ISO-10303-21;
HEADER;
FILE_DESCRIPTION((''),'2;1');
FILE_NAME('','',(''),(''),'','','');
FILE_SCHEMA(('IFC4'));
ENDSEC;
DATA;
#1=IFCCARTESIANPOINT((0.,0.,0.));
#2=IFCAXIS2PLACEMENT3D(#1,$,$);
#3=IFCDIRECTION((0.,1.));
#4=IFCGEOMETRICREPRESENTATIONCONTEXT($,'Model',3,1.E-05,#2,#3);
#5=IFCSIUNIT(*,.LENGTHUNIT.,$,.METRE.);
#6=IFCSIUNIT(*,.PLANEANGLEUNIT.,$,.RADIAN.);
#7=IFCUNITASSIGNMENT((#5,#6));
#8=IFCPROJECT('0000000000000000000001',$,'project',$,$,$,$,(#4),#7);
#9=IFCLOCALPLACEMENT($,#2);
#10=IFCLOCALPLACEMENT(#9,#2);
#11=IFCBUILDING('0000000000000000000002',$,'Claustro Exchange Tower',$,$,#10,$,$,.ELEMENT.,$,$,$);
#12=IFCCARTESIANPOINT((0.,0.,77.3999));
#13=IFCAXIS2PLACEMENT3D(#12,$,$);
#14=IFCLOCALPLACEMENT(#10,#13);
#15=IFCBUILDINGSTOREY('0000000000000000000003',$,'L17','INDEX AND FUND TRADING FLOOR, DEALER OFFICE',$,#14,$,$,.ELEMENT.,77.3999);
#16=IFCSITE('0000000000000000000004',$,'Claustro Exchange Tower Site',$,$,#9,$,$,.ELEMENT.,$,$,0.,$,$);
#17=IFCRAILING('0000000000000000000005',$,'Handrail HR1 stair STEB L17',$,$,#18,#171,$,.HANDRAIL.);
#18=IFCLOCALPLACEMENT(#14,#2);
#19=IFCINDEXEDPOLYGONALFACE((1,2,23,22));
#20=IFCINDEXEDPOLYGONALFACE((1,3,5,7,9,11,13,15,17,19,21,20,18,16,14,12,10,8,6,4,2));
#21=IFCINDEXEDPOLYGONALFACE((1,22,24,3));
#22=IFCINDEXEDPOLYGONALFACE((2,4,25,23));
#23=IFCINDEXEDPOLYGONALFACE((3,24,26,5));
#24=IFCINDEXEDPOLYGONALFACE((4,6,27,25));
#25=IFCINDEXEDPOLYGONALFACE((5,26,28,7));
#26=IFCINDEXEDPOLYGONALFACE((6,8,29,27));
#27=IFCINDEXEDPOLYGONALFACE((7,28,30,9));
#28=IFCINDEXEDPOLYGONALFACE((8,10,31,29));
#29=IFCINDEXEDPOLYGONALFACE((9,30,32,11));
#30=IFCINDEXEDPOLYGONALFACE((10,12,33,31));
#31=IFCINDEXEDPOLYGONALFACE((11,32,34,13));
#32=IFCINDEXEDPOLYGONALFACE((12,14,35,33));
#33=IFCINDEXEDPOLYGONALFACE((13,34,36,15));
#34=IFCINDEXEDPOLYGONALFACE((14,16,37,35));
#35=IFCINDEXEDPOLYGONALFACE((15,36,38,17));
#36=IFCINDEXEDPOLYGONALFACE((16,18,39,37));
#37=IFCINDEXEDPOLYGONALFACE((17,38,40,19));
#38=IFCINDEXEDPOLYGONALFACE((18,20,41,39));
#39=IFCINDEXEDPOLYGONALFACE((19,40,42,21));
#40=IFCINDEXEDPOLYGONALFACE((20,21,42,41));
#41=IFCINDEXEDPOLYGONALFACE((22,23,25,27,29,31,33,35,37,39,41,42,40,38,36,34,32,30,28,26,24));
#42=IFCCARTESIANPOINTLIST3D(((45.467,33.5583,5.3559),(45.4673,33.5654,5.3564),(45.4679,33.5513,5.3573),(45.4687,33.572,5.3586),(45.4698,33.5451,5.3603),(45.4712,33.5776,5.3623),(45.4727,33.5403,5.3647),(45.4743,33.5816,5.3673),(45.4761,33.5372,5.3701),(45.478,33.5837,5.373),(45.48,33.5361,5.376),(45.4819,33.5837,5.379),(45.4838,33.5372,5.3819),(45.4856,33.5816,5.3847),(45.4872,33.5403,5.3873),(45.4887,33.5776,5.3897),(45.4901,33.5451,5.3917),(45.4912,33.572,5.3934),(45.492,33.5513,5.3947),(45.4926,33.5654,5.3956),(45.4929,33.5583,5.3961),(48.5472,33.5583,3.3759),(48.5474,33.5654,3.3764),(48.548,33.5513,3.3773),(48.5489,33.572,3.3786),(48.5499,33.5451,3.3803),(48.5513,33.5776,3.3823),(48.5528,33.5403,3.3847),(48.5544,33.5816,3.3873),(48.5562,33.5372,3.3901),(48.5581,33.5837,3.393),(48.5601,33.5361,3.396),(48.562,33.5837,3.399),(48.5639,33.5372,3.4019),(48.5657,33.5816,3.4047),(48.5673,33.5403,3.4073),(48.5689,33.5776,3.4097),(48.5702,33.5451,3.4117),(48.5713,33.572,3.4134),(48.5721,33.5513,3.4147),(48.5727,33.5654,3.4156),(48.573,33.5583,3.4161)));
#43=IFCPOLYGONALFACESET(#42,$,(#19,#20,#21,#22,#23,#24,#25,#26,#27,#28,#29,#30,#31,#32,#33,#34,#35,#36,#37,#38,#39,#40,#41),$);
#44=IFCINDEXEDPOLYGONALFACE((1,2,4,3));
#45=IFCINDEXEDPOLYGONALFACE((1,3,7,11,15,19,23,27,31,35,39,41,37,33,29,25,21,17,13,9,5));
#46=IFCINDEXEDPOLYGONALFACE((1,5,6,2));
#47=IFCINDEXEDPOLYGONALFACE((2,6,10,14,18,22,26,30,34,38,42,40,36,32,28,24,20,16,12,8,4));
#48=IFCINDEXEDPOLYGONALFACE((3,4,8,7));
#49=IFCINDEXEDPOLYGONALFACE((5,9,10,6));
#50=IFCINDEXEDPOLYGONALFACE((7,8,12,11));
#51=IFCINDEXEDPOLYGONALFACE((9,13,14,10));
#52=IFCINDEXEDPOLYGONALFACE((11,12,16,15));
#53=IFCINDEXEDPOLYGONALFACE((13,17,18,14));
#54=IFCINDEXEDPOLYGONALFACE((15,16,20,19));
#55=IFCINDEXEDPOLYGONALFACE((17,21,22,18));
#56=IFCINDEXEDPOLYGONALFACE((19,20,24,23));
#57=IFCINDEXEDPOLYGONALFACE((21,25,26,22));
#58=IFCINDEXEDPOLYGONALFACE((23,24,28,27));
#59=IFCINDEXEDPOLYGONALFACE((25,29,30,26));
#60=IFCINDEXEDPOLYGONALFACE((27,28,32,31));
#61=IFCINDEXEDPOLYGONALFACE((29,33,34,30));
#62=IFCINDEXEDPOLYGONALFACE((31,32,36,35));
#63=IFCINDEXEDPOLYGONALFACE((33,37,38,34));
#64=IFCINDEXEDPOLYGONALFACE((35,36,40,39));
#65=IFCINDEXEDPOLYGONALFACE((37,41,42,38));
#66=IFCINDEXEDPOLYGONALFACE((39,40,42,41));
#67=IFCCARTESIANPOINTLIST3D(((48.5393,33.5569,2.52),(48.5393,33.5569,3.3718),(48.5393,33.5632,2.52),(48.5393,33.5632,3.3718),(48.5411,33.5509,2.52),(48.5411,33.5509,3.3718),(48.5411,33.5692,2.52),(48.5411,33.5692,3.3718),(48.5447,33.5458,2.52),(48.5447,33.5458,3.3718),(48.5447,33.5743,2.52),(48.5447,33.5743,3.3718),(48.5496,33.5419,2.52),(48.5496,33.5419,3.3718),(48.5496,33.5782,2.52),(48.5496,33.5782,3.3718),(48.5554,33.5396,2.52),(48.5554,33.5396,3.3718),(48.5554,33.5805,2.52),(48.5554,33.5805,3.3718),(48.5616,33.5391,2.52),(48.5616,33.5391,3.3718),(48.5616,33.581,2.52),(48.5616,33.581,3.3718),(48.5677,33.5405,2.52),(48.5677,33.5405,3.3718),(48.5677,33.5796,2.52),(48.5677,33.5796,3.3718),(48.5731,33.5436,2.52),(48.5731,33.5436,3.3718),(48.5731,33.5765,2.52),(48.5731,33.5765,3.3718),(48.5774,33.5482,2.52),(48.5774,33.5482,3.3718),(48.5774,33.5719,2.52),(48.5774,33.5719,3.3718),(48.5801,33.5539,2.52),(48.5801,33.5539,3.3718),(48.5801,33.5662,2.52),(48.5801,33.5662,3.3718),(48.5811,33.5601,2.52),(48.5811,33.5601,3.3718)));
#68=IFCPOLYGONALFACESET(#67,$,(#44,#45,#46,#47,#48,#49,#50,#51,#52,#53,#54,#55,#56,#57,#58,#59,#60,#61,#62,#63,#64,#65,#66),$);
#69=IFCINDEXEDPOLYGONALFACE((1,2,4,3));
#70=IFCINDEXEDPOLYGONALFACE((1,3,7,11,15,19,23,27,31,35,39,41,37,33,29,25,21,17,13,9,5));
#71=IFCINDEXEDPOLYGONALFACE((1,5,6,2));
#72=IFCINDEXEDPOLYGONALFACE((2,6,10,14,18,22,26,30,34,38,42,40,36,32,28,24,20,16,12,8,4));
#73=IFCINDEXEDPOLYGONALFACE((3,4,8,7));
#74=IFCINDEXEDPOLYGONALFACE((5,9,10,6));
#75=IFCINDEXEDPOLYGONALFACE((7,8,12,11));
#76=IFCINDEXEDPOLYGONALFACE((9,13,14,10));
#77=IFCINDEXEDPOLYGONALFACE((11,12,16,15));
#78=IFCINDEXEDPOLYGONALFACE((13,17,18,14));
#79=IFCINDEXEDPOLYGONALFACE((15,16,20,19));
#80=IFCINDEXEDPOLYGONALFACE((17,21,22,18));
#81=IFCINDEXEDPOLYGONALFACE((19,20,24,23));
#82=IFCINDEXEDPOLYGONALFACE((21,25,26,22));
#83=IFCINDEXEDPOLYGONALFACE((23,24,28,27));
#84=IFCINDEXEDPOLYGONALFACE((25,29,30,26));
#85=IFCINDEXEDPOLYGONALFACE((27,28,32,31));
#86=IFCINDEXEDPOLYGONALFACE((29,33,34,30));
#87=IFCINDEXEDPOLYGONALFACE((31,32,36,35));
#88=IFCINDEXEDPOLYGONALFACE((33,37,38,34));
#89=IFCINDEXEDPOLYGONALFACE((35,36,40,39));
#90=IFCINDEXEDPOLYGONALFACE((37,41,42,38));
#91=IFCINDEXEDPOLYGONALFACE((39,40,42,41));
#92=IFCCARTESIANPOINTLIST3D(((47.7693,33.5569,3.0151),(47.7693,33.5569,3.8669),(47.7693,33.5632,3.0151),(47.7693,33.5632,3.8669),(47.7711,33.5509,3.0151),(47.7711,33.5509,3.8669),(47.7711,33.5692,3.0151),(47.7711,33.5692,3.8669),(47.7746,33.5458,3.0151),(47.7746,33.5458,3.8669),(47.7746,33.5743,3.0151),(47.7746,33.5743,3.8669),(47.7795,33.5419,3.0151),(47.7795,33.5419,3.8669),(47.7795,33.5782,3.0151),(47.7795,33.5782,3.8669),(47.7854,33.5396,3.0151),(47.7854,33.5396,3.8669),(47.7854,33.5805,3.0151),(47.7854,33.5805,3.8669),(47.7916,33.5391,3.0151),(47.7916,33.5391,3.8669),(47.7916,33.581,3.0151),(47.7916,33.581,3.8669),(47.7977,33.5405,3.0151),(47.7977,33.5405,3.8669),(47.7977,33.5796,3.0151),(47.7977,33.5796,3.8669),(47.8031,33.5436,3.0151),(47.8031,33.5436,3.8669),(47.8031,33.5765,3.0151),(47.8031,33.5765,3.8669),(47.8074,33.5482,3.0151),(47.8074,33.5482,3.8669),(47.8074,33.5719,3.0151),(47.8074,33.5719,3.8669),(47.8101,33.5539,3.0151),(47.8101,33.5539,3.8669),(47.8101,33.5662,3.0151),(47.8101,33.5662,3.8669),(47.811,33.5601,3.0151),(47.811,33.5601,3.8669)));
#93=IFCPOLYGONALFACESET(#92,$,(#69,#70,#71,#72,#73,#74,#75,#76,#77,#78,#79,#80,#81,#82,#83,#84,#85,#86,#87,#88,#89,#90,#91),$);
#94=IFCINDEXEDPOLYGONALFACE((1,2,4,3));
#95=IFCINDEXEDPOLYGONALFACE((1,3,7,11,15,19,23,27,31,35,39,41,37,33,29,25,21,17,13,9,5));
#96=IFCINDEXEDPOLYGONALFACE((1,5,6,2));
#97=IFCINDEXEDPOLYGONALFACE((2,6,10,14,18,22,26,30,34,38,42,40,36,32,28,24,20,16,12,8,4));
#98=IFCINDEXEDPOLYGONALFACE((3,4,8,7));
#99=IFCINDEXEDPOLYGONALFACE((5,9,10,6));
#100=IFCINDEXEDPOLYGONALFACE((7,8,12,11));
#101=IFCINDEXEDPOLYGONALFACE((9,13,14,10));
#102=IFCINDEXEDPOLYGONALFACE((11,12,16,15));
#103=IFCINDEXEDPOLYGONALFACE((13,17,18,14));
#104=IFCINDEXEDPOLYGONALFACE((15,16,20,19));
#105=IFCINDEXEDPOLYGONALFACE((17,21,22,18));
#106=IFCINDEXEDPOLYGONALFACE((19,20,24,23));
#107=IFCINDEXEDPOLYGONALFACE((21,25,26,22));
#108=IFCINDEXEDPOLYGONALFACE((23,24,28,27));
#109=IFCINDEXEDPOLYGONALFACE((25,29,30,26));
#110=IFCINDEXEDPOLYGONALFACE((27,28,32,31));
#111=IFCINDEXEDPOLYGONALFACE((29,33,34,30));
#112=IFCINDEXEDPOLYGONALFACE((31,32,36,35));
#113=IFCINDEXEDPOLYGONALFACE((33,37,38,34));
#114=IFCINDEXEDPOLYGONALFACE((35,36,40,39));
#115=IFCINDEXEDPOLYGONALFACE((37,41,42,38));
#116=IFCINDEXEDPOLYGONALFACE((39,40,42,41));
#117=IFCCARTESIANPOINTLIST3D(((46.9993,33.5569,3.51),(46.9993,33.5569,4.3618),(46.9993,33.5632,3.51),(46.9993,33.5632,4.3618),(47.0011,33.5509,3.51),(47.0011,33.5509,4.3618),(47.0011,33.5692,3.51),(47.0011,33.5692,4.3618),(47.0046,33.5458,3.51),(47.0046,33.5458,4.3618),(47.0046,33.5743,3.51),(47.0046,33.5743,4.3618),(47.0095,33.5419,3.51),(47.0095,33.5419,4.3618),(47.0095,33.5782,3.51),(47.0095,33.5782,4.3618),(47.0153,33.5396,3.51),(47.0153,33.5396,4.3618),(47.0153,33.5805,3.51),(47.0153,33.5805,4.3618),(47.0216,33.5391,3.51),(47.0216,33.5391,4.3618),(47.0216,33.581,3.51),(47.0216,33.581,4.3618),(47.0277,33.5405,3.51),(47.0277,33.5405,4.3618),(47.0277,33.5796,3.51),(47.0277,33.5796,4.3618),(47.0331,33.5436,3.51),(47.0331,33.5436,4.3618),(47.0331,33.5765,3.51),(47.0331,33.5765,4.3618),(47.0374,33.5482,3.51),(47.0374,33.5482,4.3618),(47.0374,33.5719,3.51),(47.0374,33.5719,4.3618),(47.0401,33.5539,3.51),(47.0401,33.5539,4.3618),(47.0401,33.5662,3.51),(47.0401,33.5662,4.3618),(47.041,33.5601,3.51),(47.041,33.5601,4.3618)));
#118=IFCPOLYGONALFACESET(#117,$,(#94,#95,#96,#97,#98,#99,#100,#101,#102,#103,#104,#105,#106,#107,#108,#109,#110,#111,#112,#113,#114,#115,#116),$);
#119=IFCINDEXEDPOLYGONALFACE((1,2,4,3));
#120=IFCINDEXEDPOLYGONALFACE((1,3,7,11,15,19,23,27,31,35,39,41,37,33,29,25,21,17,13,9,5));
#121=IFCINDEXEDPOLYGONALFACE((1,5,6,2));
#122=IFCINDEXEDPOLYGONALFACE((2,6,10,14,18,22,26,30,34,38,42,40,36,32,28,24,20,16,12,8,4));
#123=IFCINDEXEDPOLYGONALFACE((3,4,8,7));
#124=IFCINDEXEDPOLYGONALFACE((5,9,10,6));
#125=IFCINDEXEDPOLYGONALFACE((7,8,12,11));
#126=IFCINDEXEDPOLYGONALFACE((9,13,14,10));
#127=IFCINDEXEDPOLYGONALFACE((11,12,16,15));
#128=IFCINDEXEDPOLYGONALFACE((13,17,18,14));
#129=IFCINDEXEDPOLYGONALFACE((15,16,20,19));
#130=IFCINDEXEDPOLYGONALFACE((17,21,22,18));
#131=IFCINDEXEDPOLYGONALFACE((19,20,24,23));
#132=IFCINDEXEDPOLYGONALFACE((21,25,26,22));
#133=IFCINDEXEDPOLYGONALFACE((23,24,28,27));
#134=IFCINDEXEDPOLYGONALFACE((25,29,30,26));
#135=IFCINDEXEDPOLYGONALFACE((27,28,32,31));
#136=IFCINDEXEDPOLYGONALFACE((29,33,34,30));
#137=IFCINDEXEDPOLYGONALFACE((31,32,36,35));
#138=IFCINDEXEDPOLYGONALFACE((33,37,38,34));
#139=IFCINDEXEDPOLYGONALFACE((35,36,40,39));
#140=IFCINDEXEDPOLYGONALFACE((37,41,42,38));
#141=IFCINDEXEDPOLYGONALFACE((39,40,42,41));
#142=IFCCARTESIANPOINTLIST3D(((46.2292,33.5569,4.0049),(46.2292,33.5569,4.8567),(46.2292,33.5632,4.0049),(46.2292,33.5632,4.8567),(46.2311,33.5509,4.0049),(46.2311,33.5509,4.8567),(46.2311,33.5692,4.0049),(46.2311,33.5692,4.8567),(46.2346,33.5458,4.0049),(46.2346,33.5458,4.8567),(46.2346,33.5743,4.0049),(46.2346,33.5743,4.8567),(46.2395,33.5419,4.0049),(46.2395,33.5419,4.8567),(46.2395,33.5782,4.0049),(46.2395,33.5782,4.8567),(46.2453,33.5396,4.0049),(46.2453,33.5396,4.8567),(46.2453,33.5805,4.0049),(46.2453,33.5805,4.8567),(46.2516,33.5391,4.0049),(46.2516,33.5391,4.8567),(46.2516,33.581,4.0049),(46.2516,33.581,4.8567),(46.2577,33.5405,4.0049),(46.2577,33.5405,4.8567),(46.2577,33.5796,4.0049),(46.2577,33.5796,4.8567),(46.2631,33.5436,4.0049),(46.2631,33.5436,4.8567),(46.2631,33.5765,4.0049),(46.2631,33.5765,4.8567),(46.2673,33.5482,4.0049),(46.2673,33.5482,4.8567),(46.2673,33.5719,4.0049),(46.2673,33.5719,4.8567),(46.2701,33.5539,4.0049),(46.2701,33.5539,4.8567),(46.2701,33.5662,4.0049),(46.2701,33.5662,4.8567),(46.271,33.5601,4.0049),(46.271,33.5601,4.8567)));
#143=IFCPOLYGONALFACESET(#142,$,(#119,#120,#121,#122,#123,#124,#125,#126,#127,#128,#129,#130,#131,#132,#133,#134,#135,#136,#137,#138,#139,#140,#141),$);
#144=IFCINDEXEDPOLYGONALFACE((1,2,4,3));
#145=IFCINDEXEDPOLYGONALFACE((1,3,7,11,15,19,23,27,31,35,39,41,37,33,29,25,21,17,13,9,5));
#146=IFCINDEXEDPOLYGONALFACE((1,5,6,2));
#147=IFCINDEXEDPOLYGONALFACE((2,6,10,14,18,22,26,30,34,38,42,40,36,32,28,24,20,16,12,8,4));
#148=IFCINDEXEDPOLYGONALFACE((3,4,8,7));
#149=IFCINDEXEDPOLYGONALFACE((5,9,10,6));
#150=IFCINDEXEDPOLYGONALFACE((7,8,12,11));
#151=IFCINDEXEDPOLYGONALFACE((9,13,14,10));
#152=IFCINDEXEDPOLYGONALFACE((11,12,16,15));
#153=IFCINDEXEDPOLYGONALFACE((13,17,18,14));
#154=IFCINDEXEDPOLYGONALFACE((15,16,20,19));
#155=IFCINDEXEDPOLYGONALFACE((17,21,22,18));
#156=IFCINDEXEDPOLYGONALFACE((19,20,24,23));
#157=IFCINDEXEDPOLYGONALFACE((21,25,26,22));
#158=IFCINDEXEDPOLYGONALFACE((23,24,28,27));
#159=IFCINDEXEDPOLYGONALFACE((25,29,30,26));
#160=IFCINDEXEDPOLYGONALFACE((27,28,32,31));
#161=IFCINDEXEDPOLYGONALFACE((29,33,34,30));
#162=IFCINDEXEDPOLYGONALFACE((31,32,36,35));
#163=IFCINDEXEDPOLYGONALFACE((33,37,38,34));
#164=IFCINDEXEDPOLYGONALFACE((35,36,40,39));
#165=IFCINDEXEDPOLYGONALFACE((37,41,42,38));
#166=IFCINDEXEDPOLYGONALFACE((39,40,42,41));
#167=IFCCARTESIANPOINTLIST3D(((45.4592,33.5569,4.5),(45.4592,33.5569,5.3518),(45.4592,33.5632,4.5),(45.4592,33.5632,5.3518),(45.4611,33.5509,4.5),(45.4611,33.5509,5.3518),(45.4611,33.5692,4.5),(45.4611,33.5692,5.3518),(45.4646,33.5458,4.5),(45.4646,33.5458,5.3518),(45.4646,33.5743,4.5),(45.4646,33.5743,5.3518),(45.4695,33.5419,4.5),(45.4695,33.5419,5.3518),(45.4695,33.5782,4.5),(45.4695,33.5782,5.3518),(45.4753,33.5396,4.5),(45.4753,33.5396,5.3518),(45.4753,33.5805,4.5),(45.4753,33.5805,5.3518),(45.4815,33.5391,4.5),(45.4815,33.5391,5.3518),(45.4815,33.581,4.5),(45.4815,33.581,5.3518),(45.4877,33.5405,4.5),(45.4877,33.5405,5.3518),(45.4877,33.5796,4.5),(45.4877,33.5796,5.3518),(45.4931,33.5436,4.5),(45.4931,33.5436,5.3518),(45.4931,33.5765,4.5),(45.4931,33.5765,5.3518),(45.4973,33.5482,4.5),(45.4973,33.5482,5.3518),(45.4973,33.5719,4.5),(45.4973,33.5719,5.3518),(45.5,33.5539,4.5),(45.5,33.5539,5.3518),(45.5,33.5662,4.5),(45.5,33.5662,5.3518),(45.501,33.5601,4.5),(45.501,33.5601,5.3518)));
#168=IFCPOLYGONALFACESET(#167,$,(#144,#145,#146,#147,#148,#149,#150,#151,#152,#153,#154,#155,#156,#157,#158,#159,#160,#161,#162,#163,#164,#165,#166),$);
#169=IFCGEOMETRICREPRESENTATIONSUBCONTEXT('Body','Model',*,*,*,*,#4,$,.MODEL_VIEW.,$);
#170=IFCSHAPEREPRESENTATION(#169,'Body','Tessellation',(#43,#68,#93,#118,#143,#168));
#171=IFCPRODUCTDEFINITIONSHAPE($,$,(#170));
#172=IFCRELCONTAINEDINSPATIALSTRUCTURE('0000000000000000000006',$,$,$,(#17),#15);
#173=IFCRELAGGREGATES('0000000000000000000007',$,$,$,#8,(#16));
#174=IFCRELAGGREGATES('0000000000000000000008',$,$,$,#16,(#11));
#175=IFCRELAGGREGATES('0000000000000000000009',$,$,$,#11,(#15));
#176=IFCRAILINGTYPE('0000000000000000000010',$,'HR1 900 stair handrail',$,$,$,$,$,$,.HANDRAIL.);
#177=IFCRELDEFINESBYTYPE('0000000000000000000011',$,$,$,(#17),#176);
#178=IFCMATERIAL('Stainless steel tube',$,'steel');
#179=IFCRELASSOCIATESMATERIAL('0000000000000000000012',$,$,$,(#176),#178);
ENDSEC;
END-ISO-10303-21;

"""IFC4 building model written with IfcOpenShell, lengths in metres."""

from ifc_helpers import new_model, si_unit, direction, frame, origin, origin_2d, place, context, subcontext, project, spatial, circle, extrude, material, type_object, element, save


model = new_model("IFC4")

# Units and contexts
model_context = context("Model", 3, precision=1e-05, world=origin(), true_north=direction((0.0, 1.0)))
body_context = subcontext(model_context, "Body", "Model", "MODEL_VIEW")
ifc_project = project(units=[si_unit("LENGTHUNIT", "METRE"), si_unit("PLANEANGLEUNIT", "RADIAN")], contexts=[model_context])

# Site, building, storey
site_placement = place(None, origin())
site = spatial("IfcSite", under=ifc_project, at=site_placement, Name="Claustro Exchange Tower Site", CompositionType="ELEMENT", RefElevation=0.0)
building_placement = place(site_placement, origin())
building = spatial("IfcBuilding", under=site, at=building_placement, Name="Claustro Exchange Tower", CompositionType="ELEMENT")
storey_placement = place(building_placement, frame((0.0, 0.0, 77.3999)))
storey = spatial("IfcBuildingStorey", under=building, at=storey_placement, Name="L17", Description="INDEX AND FUND TRADING FLOOR, DEALER OFFICE", CompositionType="ELEMENT", Elevation=77.3999)

# Railing
ifc_material_1 = material(Name="Stainless steel tube", Category="steel")
railing_type_1 = type_object("IfcRailingType", Name="HR1 900 stair handrail", PredefinedType="HANDRAIL", material=ifc_material_1)
railing_1_placement = place(storey_placement, frame((48.5601, 33.5601, 2.52)))
element("IfcRailing", 1, at=railing_1_placement, inside=storey, type_object=railing_type_1, Name="Handrail HR1 stair STEB L17", PredefinedType="HANDRAIL", context=body_context, shape_type="SweptSolid", body=[
    extrude(circle(Radius=0.0239, at=origin_2d()), frame((0.0, 0.0, 0.876), z_axis=(-0.841187, 0.0, 0.540744), x_axis=(0.0, -1.0, 0.0)), (0.0, 0.0, 1.0), 3.6616),
    extrude(circle(Radius=0.021, at=origin_2d()), origin(), (0.0, 0.0, 1.0), 0.8518),
    extrude(circle(Radius=0.021, at=origin_2d()), frame((-0.77, 0.0, 0.4951)), (0.0, 0.0, 1.0), 0.8518),
    extrude(circle(Radius=0.021, at=origin_2d()), frame((-1.54, 0.0, 0.99)), (0.0, 0.0, 1.0), 0.8518),
    extrude(circle(Radius=0.021, at=origin_2d()), frame((-2.3101, 0.0, 1.4849)), (0.0, 0.0, 1.0), 0.8518),
    extrude(circle(Radius=0.021, at=origin_2d()), frame((-3.0801, 0.0, 1.98)), (0.0, 0.0, 1.0), 0.8518),
])

save(model, "model.ifc")
